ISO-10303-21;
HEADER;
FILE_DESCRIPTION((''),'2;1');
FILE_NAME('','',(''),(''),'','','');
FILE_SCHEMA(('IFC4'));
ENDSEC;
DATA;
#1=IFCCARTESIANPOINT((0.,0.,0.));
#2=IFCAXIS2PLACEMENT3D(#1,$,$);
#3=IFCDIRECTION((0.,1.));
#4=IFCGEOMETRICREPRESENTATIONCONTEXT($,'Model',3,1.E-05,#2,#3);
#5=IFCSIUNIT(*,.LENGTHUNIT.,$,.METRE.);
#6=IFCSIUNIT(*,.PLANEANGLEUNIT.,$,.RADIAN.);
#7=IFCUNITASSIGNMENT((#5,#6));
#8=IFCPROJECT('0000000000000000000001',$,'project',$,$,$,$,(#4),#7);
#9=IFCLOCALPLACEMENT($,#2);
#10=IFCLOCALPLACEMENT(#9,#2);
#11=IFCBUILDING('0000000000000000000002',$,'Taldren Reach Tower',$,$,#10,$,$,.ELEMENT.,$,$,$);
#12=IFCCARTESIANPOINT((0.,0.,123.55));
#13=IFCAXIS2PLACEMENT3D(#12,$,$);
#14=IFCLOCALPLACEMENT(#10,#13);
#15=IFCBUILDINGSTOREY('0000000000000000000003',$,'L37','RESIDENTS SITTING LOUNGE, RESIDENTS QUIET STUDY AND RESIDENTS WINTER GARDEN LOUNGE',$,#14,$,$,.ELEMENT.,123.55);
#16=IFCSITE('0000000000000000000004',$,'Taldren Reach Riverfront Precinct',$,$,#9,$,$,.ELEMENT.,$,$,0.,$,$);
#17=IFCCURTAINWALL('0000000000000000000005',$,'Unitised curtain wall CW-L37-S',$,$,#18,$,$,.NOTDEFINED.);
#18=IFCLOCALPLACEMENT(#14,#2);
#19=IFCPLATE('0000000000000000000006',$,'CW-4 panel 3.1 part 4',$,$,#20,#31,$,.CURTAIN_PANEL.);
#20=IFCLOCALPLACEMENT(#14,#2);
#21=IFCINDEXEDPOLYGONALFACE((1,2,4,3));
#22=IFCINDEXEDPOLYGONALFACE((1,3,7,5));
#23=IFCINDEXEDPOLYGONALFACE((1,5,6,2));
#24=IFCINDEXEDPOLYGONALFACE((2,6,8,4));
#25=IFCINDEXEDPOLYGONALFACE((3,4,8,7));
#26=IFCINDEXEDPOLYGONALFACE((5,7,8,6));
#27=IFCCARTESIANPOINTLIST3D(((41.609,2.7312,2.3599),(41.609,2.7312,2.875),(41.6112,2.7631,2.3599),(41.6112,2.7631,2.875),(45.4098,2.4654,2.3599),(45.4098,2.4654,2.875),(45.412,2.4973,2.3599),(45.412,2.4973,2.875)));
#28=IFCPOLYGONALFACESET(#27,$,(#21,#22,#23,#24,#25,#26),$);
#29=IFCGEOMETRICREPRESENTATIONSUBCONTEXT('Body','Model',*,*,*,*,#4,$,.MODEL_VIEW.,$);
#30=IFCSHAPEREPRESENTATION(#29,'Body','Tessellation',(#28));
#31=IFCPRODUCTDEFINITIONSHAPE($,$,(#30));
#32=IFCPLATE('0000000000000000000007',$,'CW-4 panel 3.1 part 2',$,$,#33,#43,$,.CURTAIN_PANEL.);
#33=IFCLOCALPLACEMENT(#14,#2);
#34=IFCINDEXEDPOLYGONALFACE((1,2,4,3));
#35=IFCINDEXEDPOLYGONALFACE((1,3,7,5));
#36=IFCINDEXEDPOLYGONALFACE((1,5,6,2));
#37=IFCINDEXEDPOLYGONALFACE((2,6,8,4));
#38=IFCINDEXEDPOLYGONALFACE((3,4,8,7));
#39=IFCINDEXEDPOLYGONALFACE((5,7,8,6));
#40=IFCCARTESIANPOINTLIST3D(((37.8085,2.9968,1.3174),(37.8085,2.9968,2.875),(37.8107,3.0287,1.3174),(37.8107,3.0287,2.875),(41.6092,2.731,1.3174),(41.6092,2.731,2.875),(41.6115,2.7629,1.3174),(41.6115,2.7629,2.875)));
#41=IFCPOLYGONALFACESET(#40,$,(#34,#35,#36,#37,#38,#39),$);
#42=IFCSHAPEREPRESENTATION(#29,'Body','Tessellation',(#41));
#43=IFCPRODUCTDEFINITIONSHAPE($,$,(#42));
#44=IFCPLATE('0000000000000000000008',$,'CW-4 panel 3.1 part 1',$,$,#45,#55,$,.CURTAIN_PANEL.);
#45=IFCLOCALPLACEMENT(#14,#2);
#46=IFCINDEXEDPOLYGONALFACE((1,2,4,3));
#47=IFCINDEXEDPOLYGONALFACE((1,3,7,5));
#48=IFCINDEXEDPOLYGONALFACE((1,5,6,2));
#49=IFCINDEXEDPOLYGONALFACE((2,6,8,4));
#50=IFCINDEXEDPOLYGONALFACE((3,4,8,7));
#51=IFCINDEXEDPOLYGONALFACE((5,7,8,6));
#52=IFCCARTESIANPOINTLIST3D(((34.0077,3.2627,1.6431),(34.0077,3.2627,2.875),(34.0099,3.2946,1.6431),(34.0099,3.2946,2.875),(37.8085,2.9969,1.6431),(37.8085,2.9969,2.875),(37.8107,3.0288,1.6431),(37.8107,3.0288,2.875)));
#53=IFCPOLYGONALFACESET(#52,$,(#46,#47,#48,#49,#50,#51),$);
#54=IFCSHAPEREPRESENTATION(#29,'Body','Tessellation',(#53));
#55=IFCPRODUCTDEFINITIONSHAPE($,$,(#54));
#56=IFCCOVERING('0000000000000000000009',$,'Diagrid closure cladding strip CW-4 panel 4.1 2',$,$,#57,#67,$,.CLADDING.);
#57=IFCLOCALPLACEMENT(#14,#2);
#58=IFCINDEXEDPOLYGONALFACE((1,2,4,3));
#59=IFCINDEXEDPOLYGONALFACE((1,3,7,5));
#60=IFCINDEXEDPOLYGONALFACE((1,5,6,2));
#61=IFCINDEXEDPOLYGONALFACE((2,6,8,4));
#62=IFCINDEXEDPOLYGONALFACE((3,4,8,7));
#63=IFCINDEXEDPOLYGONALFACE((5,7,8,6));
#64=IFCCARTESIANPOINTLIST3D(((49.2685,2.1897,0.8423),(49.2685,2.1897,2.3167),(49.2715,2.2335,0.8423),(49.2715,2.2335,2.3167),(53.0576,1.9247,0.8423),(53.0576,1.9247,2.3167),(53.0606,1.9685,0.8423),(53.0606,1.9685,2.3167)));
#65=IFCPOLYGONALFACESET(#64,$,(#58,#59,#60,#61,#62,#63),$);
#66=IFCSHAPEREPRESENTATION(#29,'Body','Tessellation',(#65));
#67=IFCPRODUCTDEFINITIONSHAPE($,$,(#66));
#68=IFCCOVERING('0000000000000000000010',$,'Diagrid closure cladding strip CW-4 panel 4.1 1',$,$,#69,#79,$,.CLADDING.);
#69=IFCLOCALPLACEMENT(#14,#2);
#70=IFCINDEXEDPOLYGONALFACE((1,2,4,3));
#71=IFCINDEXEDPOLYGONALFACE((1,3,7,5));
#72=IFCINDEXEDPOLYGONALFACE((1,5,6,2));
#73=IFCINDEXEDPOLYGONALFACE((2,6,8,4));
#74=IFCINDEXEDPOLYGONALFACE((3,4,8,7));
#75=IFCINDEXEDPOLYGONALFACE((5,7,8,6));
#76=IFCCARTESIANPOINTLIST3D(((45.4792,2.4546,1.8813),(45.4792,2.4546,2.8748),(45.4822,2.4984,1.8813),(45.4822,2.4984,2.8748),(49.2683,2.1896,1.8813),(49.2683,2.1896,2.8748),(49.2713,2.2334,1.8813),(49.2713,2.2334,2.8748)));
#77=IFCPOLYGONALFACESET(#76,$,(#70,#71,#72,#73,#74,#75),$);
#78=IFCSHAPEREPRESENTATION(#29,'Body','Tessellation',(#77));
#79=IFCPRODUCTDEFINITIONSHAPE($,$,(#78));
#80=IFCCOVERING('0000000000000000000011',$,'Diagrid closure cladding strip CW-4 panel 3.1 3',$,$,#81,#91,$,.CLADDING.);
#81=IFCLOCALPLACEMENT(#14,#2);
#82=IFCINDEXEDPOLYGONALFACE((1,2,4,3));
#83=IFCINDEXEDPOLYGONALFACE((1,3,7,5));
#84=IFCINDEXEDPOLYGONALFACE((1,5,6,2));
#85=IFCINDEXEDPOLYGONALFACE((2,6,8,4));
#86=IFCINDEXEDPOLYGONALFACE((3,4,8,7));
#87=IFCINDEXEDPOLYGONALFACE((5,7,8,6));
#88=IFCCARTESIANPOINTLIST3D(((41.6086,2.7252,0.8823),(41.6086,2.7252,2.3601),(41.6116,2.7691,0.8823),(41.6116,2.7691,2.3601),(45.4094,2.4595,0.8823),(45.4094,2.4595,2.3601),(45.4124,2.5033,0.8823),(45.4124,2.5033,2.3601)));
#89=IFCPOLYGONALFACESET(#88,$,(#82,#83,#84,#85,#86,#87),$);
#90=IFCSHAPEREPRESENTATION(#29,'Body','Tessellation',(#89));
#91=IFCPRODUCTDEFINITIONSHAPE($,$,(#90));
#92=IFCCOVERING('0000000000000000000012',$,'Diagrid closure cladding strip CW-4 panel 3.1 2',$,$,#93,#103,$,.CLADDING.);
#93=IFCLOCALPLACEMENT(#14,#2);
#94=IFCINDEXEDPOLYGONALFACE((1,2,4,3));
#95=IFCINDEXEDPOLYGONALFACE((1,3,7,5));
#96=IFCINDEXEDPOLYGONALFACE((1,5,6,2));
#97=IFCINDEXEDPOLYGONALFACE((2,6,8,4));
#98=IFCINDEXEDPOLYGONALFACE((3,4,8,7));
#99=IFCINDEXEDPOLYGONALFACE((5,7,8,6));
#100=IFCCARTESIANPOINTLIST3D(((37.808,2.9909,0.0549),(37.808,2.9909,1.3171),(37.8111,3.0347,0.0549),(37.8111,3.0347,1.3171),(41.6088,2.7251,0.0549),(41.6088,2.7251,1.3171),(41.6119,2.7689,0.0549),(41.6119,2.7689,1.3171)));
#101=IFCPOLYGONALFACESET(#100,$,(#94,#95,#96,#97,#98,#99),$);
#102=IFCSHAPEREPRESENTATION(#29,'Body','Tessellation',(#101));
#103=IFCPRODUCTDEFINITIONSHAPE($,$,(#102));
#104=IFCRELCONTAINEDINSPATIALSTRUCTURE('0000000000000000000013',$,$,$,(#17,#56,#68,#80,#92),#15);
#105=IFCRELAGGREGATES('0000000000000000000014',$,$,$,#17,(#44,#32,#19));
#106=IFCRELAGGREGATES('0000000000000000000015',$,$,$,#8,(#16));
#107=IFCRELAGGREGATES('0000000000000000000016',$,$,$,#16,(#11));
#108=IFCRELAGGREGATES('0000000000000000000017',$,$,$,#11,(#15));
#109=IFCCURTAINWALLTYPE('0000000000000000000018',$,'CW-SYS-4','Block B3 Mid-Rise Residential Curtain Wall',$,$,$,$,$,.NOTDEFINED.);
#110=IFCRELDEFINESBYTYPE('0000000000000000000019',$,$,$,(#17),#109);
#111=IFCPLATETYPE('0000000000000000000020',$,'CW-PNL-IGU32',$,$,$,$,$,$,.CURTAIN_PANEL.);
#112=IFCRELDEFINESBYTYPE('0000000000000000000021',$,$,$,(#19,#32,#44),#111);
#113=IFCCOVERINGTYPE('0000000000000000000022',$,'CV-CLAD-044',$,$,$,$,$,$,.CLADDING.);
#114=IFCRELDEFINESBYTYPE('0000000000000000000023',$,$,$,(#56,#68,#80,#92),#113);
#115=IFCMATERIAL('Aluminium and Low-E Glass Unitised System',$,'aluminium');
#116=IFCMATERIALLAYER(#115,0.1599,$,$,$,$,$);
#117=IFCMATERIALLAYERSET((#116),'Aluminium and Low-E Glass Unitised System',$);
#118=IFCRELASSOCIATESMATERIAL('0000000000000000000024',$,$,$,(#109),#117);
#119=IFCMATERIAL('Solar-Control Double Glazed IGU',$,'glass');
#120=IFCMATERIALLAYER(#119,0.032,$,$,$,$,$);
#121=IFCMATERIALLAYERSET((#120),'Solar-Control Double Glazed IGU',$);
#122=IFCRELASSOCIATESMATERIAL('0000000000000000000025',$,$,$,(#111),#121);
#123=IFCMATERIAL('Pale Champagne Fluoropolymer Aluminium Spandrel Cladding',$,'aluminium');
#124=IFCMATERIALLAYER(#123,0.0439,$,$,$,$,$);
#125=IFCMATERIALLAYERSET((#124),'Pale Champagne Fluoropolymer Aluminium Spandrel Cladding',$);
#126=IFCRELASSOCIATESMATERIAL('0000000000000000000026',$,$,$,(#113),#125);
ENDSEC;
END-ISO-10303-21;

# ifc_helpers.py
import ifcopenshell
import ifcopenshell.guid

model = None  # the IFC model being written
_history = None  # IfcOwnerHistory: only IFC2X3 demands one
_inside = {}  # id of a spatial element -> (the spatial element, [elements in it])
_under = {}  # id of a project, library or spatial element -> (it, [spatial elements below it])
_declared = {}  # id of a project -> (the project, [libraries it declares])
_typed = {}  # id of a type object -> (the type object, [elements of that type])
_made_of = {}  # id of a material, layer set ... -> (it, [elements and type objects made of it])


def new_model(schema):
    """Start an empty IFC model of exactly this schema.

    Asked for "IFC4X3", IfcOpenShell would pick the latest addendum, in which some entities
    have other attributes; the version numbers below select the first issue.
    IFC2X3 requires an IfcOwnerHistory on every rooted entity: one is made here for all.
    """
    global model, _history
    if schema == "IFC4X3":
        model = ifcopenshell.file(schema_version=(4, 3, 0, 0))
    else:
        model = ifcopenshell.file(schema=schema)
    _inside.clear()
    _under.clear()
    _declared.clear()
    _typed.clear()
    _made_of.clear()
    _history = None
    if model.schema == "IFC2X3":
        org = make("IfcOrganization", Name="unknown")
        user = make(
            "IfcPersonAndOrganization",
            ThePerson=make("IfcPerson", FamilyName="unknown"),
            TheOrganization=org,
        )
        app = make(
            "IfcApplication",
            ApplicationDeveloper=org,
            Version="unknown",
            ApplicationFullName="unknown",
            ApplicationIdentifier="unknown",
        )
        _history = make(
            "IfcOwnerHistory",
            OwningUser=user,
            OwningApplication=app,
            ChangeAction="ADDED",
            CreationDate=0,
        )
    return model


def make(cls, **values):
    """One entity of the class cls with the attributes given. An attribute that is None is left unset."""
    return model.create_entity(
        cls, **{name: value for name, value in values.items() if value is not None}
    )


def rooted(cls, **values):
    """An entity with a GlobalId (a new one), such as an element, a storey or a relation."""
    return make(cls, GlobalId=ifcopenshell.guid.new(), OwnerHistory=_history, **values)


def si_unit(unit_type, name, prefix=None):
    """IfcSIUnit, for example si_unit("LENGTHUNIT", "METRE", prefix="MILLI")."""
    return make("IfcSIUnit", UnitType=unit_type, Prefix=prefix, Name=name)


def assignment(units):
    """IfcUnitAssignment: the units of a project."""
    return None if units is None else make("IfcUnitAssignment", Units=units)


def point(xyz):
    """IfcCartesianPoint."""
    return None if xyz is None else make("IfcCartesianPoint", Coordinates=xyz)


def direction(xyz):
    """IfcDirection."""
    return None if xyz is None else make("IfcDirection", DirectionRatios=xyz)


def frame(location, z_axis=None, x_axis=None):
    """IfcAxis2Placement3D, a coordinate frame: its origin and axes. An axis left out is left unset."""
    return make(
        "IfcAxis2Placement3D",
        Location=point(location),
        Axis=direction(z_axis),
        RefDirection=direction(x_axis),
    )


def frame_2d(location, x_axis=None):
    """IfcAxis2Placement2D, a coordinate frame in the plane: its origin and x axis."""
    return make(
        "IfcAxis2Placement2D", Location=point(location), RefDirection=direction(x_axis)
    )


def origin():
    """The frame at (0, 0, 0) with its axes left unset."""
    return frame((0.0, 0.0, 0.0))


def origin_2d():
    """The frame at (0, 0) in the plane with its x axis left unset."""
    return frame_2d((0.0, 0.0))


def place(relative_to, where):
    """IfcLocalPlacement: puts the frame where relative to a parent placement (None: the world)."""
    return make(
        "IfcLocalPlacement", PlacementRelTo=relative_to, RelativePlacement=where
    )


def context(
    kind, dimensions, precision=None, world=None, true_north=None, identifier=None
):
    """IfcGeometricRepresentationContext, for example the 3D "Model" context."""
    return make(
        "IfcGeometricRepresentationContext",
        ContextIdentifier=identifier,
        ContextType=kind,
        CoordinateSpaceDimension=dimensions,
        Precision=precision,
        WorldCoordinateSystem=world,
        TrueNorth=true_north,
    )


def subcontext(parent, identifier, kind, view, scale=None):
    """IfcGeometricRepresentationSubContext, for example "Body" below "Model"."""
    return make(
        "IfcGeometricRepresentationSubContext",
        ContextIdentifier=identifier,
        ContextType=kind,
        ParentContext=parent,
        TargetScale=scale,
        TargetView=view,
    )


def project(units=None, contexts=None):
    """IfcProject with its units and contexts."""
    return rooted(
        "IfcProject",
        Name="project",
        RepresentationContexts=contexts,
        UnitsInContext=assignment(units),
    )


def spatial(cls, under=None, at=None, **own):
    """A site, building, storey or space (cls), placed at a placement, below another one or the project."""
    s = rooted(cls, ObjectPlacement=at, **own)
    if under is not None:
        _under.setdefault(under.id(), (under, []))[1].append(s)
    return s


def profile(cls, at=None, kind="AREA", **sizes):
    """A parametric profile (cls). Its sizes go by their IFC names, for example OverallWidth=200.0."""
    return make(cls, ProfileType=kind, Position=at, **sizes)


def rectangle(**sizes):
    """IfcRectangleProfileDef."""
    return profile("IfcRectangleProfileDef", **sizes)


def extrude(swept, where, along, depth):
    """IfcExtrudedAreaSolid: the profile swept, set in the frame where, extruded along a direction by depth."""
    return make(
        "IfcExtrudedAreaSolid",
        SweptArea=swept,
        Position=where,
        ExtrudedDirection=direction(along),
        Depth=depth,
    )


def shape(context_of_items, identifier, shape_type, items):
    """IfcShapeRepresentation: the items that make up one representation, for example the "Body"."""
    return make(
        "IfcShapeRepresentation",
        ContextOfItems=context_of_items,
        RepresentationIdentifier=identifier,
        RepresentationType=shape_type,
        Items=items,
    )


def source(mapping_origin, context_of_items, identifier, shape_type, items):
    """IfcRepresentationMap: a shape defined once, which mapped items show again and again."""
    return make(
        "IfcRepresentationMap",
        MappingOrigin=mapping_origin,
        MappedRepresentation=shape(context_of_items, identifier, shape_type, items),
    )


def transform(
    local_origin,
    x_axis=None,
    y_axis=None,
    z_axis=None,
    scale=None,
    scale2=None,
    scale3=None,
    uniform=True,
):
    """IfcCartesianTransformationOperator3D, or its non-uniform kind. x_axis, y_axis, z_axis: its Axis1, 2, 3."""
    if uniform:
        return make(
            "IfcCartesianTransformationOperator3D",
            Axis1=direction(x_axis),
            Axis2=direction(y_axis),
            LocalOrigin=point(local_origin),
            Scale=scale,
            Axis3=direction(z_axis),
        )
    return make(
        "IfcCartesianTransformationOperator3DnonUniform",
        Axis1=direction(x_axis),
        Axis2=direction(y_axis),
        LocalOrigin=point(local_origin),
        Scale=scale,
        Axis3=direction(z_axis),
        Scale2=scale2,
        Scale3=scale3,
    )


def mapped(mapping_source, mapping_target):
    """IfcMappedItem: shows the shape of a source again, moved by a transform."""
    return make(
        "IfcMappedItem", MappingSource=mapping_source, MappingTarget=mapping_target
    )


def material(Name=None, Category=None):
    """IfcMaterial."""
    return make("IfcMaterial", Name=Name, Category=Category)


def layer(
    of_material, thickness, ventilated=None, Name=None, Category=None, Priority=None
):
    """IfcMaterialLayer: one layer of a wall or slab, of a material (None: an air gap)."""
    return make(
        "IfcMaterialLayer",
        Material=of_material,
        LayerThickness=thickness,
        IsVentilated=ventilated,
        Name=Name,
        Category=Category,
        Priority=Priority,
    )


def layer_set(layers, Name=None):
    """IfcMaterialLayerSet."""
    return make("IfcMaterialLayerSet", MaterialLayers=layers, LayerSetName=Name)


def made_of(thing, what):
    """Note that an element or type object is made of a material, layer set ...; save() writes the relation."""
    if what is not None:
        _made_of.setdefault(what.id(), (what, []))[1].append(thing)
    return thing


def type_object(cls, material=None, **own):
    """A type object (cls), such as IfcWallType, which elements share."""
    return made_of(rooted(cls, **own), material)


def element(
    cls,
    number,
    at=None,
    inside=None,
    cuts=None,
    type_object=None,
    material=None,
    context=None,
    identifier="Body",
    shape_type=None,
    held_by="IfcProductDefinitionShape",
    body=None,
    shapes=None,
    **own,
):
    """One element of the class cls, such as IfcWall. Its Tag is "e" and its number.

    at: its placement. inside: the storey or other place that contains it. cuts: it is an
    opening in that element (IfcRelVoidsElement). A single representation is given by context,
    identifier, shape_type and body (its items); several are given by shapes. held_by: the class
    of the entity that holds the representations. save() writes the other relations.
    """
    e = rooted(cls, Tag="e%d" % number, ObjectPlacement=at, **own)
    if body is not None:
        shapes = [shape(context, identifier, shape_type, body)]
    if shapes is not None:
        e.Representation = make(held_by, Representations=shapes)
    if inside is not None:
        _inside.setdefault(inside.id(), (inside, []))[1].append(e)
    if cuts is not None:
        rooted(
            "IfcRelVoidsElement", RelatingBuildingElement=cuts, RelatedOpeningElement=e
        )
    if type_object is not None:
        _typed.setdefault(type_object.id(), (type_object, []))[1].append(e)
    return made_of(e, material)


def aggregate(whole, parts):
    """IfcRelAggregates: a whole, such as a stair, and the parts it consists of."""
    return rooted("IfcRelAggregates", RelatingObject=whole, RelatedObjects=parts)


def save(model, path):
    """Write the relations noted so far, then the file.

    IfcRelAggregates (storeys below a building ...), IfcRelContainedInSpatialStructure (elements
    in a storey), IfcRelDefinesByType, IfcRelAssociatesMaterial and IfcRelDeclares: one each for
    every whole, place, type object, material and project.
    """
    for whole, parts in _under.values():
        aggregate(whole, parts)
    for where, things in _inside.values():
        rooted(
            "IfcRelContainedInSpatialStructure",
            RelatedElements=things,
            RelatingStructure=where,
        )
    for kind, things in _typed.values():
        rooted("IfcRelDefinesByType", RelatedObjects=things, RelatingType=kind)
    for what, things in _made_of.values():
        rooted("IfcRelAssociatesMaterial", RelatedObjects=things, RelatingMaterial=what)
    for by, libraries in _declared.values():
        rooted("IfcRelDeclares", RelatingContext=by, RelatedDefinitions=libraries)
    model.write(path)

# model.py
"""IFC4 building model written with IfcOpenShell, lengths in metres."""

from ifc_helpers import new_model, si_unit, direction, frame, origin, origin_2d, place, context, subcontext, project, spatial, rectangle, extrude, source, transform, mapped, material, layer, layer_set, type_object, element, aggregate, save


model = new_model("IFC4")

# Units and contexts
model_context = context("Model", 3, precision=1e-05, world=origin(), true_north=direction((0.0, 1.0)))
body_context = subcontext(model_context, "Body", "Model", "MODEL_VIEW")
ifc_project = project(units=[si_unit("LENGTHUNIT", "METRE"), si_unit("PLANEANGLEUNIT", "RADIAN")], contexts=[model_context])

# Site, building, storey
site_placement = place(None, origin())
site = spatial("IfcSite", under=ifc_project, at=site_placement, Name="Taldren Reach Riverfront Precinct", CompositionType="ELEMENT", RefElevation=0.0)
building_placement = place(site_placement, origin())
building = spatial("IfcBuilding", under=site, at=building_placement, Name="Taldren Reach Tower", CompositionType="ELEMENT")
storey_placement = place(building_placement, frame((0.0, 0.0, 123.55)))
storey = spatial("IfcBuildingStorey", under=building, at=storey_placement, Name="L37", Description="RESIDENTS SITTING LOUNGE, RESIDENTS QUIET STUDY AND RESIDENTS WINTER GARDEN LOUNGE", CompositionType="ELEMENT", Elevation=123.55)

# Curtain wall
ifc_material_1 = material(Name="Aluminium and Low-E Glass Unitised System", Category="aluminium")
ifc_layer_1 = layer(ifc_material_1, 0.1599)
ifc_layer_set_1 = layer_set([ifc_layer_1], Name="Aluminium and Low-E Glass Unitised System")
curtain_wall_type = type_object("IfcCurtainWallType", Name="CW-SYS-4", Description="Block B3 Mid-Rise Residential Curtain Wall", PredefinedType="NOTDEFINED", material=ifc_layer_set_1)
curtain_wall_placement = place(storey_placement, origin())
curtain_wall = element("IfcCurtainWall", 1, at=curtain_wall_placement, inside=storey, type_object=curtain_wall_type, Name="Unitised curtain wall CW-L37-S", PredefinedType="NOTDEFINED")

# Plates
ifc_material_2 = material(Name="Solar-Control Double Glazed IGU", Category="glass")
ifc_layer_2 = layer(ifc_material_2, 0.032)
ifc_layer_set_2 = layer_set([ifc_layer_2], Name="Solar-Control Double Glazed IGU")
plate_type_1 = type_object("IfcPlateType", Name="CW-PNL-IGU32", PredefinedType="CURTAIN_PANEL", material=ifc_layer_set_2)
shared_shape_1 = source(origin(), body_context, "Body", "SweptSolid", [
    extrude(rectangle(XDim=3.8101, YDim=0.032, at=origin_2d()), origin(), (0.0, 0.0, 1.0), 0.5151),
])
plate_1_placement = place(storey_placement, frame((43.5105, 2.6143, 2.3599), z_axis=(0.0, 0.0, 1.0), x_axis=(0.997564, -0.069757, 0.0)))
plate_1 = element("IfcPlate", 2, at=plate_1_placement, type_object=plate_type_1, Name="CW-4 panel 3.1 part 4", PredefinedType="CURTAIN_PANEL", context=body_context, shape_type="MappedRepresentation", body=[
    mapped(shared_shape_1, transform((0.0, 0.0, 0.0), scale=1.0)),
])
shared_shape_2 = source(origin(), body_context, "Body", "SweptSolid", [
    extrude(rectangle(XDim=3.8101, YDim=0.032, at=origin_2d()), origin(), (0.0, 0.0, 1.0), 1.5576),
])
plate_2_placement = place(storey_placement, frame((39.71, 2.8799, 1.3174), z_axis=(0.0, 0.0, 1.0), x_axis=(0.997564, -0.069757, 0.0)))
plate_2 = element("IfcPlate", 3, at=plate_2_placement, type_object=plate_type_1, Name="CW-4 panel 3.1 part 2", PredefinedType="CURTAIN_PANEL", context=body_context, shape_type="MappedRepresentation", body=[
    mapped(shared_shape_2, transform((0.0, 0.0, 0.0), scale=1.0)),
])
shared_shape_3 = source(origin(), body_context, "Body", "SweptSolid", [
    extrude(rectangle(XDim=3.8101, YDim=0.032, at=origin_2d()), origin(), (0.0, 0.0, 1.0), 1.2319),
])
plate_3_placement = place(storey_placement, frame((35.9092, 3.1458, 1.6431), z_axis=(0.0, 0.0, 1.0), x_axis=(0.997564, -0.069757, 0.0)))
plate_3 = element("IfcPlate", 4, at=plate_3_placement, type_object=plate_type_1, Name="CW-4 panel 3.1 part 1", PredefinedType="CURTAIN_PANEL", context=body_context, shape_type="MappedRepresentation", body=[
    mapped(shared_shape_3, transform((0.0, 0.0, 0.0), scale=1.0)),
])
aggregate(curtain_wall, [plate_3, plate_2, plate_1])

# Coverings
ifc_material_3 = material(Name="Pale Champagne Fluoropolymer Aluminium Spandrel Cladding", Category="aluminium")
ifc_layer_3 = layer(ifc_material_3, 0.0439)
ifc_layer_set_3 = layer_set([ifc_layer_3], Name="Pale Champagne Fluoropolymer Aluminium Spandrel Cladding")
covering_type = type_object("IfcCoveringType", Name="CV-CLAD-044", PredefinedType="CLADDING", material=ifc_layer_set_3)
shared_shape_4 = source(origin(), body_context, "Body", "SweptSolid", [
    extrude(rectangle(XDim=3.7983, YDim=0.0439, at=origin_2d()), origin(), (0.0, 0.0, 1.0), 1.4744),
])
covering_1_placement = place(storey_placement, frame((51.1646, 2.0791, 0.8423), z_axis=(0.0, 0.0, 1.0), x_axis=(0.997564, -0.069757, 0.0)))
element("IfcCovering", 5, at=covering_1_placement, inside=storey, type_object=covering_type, Name="Diagrid closure cladding strip CW-4 panel 4.1 2", PredefinedType="CLADDING", context=body_context, shape_type="MappedRepresentation", body=[
    mapped(shared_shape_4, transform((0.0, 0.0, 0.0), scale=1.0)),
])
shared_shape_5 = source(origin(), body_context, "Body", "SweptSolid", [
    extrude(rectangle(XDim=3.7983, YDim=0.0439, at=origin_2d()), origin(), (0.0, 0.0, 1.0), 0.9934),
])
covering_2_placement = place(storey_placement, frame((47.3752, 2.344, 1.8813), z_axis=(0.0, 0.0, 1.0), x_axis=(0.997564, -0.069757, 0.0)))
element("IfcCovering", 6, at=covering_2_placement, inside=storey, type_object=covering_type, Name="Diagrid closure cladding strip CW-4 panel 4.1 1", PredefinedType="CLADDING", context=body_context, shape_type="MappedRepresentation", body=[
    mapped(shared_shape_5, transform((0.0, 0.0, 0.0), scale=1.0)),
])
shared_shape_6 = source(origin(), body_context, "Body", "SweptSolid", [
    extrude(rectangle(XDim=3.8101, YDim=0.0439, at=origin_2d()), origin(), (0.0, 0.0, 1.0), 1.4778),
])
covering_3_placement = place(storey_placement, frame((43.5105, 2.6143, 0.8823), z_axis=(0.0, 0.0, 1.0), x_axis=(0.997564, -0.069757, 0.0)))
element("IfcCovering", 7, at=covering_3_placement, inside=storey, type_object=covering_type, Name="Diagrid closure cladding strip CW-4 panel 3.1 3", PredefinedType="CLADDING", context=body_context, shape_type="MappedRepresentation", body=[
    mapped(shared_shape_6, transform((0.0, 0.0, 0.0), scale=1.0)),
])
shared_shape_7 = source(origin(), body_context, "Body", "SweptSolid", [
    extrude(rectangle(XDim=3.8101, YDim=0.0439, at=origin_2d()), origin(), (0.0, 0.0, 1.0), 1.2622),
])
covering_4_placement = place(storey_placement, frame((39.71, 2.8799, 0.0549), z_axis=(0.0, 0.0, 1.0), x_axis=(0.997564, -0.069757, 0.0)))
element("IfcCovering", 8, at=covering_4_placement, inside=storey, type_object=covering_type, Name="Diagrid closure cladding strip CW-4 panel 3.1 2", PredefinedType="CLADDING", context=body_context, shape_type="MappedRepresentation", body=[
    mapped(shared_shape_7, transform((0.0, 0.0, 0.0), scale=1.0)),
])

save(model, "model.ifc")
